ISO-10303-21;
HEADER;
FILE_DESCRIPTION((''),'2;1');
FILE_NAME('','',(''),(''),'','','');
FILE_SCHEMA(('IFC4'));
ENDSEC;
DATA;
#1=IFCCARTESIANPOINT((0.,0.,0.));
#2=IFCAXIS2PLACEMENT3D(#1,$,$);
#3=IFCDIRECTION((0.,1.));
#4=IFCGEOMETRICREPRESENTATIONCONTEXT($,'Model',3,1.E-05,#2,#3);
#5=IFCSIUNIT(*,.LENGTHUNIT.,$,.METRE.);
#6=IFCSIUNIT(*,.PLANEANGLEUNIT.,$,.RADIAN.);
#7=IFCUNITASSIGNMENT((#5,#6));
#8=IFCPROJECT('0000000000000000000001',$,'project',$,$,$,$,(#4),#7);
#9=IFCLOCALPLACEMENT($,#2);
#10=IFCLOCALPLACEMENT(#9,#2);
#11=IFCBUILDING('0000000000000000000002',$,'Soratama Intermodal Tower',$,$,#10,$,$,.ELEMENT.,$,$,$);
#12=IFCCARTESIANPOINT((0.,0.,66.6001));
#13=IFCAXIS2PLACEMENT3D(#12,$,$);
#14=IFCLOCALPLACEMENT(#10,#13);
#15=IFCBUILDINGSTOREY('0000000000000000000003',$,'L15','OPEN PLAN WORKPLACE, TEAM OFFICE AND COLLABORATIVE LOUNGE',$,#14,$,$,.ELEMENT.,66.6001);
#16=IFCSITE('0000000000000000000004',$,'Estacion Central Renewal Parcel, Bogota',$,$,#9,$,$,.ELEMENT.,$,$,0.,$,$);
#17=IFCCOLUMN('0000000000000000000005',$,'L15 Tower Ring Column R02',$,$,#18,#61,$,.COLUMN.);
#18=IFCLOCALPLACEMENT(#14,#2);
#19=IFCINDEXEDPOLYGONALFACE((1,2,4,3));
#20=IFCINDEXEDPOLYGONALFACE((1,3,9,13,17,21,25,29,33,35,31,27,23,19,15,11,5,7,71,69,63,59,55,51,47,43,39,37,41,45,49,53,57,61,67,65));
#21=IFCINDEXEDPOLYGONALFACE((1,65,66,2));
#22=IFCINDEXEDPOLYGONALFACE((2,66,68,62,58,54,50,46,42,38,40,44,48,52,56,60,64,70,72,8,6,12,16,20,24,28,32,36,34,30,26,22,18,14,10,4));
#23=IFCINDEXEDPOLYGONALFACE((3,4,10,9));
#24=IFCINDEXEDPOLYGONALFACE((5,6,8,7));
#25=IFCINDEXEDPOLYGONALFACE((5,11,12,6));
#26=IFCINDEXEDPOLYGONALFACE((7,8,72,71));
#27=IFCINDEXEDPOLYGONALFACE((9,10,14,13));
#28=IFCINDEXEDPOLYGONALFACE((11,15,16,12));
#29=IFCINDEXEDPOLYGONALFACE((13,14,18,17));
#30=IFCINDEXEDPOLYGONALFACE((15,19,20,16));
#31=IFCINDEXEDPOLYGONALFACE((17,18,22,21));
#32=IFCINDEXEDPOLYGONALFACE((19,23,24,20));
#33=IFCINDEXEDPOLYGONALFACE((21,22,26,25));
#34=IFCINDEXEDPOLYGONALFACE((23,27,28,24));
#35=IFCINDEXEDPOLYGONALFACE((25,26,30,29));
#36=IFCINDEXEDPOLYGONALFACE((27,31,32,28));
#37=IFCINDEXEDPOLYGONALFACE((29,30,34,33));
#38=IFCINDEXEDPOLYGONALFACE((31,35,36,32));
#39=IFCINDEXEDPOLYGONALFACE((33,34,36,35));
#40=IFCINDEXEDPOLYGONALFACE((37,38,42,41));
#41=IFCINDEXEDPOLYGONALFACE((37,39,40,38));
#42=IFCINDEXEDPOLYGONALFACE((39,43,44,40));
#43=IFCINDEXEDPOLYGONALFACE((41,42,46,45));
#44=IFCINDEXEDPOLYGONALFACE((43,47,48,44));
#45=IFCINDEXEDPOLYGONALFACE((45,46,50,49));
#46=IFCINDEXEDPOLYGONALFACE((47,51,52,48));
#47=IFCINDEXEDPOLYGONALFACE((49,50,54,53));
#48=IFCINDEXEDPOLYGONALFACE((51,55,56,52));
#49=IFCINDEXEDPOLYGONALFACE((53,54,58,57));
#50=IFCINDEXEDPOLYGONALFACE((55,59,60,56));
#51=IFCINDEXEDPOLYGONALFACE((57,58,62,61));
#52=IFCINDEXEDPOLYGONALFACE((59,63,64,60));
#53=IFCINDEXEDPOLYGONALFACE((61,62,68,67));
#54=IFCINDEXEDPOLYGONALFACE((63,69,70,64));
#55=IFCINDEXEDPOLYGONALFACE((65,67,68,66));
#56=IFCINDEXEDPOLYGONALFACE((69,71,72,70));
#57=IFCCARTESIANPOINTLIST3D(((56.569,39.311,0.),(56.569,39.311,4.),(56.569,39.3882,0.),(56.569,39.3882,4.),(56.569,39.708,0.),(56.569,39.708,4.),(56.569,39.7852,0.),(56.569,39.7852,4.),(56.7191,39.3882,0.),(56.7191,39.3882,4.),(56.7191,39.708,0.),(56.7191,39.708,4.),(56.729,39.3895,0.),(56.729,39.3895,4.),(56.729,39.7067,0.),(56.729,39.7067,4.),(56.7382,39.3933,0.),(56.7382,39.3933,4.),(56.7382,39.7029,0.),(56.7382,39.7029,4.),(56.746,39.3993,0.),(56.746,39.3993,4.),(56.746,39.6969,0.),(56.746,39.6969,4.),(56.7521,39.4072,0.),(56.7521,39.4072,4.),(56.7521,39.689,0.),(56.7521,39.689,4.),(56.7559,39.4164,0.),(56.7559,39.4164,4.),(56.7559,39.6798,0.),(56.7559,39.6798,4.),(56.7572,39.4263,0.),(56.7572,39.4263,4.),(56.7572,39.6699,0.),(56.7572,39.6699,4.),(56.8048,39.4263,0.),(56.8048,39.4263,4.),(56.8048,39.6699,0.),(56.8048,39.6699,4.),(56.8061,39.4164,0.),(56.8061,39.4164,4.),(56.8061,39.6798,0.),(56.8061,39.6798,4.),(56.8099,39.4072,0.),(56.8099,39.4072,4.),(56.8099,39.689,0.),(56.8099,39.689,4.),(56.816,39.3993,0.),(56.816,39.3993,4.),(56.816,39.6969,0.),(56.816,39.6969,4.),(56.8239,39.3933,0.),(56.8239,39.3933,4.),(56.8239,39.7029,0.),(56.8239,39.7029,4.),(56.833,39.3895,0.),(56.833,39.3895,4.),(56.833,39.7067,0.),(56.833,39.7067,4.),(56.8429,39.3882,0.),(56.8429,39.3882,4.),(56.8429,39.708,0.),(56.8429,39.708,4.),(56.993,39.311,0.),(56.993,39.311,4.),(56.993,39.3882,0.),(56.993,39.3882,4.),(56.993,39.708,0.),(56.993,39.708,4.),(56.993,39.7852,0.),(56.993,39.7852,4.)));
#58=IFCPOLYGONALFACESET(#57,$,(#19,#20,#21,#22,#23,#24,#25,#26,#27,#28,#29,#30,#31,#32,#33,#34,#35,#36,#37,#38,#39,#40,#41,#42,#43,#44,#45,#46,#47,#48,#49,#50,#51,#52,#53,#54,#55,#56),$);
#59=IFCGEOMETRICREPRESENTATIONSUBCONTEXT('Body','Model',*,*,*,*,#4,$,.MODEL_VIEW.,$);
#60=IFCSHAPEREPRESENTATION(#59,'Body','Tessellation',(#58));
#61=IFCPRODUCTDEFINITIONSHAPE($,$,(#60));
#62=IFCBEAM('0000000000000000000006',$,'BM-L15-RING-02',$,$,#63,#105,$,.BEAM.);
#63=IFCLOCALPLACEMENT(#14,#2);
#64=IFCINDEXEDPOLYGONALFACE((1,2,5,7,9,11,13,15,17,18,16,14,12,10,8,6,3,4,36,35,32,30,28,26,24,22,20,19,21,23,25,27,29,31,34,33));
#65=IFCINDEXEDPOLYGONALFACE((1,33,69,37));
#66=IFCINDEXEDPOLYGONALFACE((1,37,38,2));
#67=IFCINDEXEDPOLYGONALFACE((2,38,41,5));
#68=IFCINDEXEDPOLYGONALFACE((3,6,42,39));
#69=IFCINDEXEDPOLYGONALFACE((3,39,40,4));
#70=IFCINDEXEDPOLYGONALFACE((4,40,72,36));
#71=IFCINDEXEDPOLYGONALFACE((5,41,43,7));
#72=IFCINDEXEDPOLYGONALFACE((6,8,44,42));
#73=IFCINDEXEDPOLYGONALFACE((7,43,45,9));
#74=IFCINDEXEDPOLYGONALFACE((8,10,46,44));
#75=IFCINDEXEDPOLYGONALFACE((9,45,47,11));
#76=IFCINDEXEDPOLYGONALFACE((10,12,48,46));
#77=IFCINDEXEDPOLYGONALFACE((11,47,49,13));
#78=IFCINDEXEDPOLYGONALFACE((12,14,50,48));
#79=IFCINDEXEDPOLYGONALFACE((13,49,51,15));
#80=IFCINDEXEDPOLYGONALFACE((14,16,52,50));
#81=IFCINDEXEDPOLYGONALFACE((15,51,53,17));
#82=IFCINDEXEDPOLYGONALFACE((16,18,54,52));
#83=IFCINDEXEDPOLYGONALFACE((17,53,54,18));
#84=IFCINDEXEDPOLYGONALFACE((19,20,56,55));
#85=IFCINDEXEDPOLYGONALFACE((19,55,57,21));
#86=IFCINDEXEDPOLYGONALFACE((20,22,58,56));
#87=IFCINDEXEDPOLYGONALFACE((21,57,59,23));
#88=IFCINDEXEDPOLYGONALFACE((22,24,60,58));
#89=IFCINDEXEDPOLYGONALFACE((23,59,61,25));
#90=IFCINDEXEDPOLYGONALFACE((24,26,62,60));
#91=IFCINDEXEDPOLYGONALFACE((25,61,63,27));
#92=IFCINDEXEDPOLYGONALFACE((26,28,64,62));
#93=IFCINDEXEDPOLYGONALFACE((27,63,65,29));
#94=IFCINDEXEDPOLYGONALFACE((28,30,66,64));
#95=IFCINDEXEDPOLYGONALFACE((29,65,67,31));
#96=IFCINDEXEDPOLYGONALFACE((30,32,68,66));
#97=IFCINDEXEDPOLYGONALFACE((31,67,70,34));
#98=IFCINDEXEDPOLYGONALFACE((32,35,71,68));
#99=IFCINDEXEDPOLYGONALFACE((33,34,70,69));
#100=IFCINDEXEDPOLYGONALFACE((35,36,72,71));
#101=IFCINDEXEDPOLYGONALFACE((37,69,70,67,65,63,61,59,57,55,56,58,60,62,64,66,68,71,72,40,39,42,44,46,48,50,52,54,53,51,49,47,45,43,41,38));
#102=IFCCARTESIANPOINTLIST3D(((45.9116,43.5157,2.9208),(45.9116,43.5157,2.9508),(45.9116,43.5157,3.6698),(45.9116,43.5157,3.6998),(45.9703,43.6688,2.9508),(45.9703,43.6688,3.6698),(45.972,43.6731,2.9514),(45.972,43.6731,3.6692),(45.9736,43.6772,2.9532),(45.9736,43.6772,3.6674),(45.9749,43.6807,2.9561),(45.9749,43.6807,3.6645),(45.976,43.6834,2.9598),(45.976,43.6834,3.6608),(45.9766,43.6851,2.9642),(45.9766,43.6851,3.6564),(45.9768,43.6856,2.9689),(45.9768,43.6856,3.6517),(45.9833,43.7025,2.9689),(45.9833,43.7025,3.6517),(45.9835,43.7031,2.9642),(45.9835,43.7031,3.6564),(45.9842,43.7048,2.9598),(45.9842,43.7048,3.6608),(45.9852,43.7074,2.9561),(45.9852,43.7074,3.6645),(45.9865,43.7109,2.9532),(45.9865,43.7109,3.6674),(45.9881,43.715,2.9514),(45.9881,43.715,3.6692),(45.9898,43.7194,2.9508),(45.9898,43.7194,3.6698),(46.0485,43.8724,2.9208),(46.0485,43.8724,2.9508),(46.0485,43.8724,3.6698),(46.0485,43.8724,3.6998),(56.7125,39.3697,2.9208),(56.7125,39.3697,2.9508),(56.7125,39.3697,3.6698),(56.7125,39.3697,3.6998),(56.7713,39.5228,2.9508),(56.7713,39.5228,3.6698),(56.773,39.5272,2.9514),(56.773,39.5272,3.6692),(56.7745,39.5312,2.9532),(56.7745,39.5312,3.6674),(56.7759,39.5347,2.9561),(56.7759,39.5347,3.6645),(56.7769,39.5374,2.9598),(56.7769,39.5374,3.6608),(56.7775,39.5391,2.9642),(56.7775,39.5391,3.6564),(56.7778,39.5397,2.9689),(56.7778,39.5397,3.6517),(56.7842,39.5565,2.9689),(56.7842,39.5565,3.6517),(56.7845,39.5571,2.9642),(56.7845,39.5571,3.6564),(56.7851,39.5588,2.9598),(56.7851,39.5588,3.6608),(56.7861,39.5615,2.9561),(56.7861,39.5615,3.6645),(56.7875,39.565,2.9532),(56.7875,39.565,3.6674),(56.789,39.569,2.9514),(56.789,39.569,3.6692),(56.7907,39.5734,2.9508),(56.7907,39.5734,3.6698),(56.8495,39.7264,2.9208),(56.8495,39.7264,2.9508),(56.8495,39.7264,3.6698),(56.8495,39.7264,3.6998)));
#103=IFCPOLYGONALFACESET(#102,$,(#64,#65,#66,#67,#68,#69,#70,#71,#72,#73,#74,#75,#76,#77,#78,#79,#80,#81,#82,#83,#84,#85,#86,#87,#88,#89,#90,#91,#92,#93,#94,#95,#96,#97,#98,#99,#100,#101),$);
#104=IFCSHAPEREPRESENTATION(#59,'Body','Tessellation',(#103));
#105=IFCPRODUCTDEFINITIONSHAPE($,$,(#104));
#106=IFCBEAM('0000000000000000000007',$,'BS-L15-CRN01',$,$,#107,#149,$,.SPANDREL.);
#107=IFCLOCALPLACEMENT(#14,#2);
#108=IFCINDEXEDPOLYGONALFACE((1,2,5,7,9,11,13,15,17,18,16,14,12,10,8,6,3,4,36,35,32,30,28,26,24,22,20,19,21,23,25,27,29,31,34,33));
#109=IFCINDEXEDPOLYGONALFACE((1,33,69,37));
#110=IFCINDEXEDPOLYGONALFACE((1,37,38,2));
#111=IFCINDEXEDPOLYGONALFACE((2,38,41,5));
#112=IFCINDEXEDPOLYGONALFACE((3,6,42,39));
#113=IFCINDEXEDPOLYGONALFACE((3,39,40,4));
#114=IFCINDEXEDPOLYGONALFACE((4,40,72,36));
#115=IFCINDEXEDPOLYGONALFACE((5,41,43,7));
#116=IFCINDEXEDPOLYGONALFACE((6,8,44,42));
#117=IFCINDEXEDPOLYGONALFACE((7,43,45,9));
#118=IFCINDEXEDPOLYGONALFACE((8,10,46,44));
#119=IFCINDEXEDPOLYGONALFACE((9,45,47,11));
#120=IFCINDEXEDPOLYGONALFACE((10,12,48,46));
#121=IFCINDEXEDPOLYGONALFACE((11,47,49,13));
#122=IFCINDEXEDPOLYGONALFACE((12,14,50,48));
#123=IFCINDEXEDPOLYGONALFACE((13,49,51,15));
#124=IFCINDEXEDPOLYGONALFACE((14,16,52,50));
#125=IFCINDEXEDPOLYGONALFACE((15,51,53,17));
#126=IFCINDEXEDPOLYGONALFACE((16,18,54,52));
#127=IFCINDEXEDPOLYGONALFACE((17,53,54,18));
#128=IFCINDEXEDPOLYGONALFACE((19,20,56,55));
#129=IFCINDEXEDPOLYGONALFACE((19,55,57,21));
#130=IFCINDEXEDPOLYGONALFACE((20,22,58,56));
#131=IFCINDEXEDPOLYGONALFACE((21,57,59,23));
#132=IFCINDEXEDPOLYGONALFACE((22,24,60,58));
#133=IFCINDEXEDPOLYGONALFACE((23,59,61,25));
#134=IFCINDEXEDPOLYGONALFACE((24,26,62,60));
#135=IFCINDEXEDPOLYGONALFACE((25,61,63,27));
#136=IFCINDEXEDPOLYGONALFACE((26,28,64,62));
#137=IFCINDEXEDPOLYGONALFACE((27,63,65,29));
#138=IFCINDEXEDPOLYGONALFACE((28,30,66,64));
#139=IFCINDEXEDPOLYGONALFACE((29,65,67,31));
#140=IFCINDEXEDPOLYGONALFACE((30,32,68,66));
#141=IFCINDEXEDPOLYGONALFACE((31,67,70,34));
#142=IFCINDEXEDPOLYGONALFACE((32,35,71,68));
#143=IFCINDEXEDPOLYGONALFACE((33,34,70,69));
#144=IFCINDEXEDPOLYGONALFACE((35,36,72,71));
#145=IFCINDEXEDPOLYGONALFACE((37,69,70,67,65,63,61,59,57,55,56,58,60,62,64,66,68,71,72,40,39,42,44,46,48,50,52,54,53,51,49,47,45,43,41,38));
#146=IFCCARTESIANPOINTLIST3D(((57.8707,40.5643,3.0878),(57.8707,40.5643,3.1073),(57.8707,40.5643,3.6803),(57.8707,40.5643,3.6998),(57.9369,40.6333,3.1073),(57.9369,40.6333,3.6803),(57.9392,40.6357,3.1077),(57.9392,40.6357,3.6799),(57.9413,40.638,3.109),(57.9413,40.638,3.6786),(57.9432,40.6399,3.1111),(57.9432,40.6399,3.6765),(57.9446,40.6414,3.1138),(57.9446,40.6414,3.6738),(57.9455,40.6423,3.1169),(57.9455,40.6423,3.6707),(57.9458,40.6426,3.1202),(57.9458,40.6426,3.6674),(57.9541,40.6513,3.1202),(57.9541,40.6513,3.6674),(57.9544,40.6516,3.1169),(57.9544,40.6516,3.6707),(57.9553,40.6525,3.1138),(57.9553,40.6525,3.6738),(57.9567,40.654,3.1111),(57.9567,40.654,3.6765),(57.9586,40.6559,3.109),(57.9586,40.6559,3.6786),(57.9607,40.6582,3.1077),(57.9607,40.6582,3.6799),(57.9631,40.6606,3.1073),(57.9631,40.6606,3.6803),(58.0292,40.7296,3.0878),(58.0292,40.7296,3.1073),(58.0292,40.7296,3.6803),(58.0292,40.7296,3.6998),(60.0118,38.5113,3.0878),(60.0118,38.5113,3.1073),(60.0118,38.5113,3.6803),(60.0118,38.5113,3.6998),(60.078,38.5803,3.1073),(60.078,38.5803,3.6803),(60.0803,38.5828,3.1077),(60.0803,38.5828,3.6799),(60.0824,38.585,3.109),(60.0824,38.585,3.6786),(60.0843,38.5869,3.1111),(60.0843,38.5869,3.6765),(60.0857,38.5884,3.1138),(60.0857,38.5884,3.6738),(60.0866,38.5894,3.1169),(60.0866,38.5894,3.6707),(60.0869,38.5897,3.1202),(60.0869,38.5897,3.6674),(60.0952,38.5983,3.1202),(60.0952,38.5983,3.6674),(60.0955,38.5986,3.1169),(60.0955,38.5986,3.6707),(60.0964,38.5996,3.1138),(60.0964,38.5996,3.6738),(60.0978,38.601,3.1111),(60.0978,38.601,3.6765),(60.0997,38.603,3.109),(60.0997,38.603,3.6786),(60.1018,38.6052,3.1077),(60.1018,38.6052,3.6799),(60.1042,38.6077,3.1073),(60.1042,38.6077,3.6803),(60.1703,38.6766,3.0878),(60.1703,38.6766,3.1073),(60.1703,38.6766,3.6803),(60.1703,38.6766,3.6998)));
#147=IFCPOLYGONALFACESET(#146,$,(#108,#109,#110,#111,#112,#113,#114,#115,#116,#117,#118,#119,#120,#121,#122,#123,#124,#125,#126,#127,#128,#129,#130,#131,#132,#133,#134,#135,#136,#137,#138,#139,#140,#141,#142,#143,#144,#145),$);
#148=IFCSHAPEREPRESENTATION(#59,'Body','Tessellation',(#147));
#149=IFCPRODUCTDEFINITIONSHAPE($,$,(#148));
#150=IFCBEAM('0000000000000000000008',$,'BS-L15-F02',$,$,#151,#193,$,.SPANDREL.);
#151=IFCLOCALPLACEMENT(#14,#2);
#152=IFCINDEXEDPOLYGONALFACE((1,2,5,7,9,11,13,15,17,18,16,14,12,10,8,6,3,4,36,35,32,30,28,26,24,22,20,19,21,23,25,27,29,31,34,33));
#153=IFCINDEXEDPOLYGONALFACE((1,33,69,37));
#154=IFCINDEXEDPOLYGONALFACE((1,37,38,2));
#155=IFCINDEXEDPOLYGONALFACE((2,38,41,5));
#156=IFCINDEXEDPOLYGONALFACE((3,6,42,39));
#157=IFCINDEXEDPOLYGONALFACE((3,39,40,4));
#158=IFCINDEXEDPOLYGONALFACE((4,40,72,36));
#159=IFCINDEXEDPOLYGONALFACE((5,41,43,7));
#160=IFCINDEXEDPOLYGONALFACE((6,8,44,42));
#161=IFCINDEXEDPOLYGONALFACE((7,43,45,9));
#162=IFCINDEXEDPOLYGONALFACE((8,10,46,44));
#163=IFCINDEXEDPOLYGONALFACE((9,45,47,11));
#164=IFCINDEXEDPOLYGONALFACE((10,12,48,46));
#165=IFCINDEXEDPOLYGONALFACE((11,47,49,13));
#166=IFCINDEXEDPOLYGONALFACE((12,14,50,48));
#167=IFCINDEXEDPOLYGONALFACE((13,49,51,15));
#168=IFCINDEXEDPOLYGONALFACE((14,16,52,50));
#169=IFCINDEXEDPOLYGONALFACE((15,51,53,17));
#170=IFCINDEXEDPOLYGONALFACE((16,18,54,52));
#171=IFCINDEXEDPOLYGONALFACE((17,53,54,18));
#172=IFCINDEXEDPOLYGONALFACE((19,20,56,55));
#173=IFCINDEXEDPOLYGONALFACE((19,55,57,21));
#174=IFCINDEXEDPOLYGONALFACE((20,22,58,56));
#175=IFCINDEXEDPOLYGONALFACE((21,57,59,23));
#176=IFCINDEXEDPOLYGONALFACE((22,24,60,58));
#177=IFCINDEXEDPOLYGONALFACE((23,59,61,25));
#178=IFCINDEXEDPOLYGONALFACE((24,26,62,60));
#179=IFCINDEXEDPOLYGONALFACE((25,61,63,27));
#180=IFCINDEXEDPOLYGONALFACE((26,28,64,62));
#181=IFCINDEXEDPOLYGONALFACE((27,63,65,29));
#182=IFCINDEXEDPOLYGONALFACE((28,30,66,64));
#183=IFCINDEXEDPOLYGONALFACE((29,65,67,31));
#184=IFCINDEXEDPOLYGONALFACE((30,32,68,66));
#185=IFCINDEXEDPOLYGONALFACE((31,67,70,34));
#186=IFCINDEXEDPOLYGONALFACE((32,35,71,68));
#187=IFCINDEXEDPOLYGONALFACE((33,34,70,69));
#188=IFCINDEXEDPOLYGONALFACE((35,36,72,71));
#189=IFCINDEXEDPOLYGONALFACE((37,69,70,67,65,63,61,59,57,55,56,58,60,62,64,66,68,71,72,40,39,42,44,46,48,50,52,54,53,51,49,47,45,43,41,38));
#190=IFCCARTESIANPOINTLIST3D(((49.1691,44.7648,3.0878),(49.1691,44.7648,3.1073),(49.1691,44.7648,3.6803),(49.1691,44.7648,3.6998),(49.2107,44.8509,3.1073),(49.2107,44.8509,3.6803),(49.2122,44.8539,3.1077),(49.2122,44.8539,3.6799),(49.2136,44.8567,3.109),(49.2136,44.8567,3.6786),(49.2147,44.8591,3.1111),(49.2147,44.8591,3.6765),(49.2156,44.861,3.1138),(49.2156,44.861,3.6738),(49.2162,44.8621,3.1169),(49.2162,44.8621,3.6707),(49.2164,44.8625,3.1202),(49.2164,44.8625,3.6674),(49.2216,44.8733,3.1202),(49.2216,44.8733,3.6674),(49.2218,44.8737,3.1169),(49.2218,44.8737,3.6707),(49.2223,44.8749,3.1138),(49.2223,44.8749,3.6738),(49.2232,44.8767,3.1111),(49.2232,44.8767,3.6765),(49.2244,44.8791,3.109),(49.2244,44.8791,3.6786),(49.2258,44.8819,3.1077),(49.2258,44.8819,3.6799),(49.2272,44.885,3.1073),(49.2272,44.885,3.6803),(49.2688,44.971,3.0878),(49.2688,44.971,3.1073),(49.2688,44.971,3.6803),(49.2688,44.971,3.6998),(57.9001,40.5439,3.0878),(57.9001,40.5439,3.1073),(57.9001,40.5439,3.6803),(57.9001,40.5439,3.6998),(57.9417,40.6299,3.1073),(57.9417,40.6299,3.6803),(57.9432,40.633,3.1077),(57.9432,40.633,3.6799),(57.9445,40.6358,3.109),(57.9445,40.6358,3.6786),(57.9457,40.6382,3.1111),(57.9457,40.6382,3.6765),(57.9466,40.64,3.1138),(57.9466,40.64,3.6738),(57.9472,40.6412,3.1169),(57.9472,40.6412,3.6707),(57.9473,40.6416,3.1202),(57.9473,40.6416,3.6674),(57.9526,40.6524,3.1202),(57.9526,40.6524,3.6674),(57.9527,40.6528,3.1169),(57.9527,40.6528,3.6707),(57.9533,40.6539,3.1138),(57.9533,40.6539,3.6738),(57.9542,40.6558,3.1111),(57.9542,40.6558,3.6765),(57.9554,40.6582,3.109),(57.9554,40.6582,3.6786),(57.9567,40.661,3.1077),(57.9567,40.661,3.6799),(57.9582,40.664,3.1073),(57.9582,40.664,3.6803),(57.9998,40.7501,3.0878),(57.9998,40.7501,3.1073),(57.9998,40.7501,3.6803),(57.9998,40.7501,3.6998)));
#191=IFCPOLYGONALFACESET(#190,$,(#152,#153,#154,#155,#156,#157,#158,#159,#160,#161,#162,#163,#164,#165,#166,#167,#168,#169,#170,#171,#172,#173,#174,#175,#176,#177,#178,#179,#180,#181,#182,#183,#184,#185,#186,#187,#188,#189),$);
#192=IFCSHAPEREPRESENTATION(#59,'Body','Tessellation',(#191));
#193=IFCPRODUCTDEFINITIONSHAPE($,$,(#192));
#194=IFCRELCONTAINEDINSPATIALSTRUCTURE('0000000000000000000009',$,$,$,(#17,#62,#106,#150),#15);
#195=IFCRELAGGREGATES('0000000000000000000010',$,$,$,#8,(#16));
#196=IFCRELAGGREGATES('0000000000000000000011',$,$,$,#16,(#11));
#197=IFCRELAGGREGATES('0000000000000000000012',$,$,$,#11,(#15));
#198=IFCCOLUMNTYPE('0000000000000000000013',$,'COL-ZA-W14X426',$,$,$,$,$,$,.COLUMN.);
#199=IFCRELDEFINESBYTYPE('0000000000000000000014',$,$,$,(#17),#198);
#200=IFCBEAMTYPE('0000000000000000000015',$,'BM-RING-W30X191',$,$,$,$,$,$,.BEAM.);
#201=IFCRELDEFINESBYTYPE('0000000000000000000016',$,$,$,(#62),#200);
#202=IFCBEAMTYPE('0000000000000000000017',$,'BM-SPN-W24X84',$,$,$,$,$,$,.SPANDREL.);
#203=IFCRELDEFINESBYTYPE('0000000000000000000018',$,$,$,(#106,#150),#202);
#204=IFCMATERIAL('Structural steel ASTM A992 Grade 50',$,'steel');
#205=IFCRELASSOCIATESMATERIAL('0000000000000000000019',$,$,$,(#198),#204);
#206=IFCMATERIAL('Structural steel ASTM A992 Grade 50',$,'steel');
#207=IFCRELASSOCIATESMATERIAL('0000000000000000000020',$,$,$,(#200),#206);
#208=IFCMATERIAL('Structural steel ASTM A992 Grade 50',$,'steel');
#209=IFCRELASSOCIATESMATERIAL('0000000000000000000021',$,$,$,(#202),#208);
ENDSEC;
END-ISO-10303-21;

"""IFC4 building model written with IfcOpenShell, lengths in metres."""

from ifc_helpers import new_model, si_unit, direction, frame, origin, origin_2d, place, context, subcontext, project, spatial, i_section, extrude, material, material_profile, profile_set, type_object, element, save


model = new_model("IFC4")

# Units and contexts
model_context = context("Model", 3, precision=1e-05, world=origin(), true_north=direction((0.0, 1.0)))
body_context = subcontext(model_context, "Body", "Model", "MODEL_VIEW")
ifc_project = project(units=[si_unit("LENGTHUNIT", "METRE"), si_unit("PLANEANGLEUNIT", "RADIAN")], contexts=[model_context])

# Site, building, storey
site_placement = place(None, origin())
site = spatial("IfcSite", under=ifc_project, at=site_placement, Name="Estacion Central Renewal Parcel, Bogota", CompositionType="ELEMENT", RefElevation=0.0)
building_placement = place(site_placement, origin())
building = spatial("IfcBuilding", under=site, at=building_placement, Name="Soratama Intermodal Tower", CompositionType="ELEMENT")
storey_placement = place(building_placement, frame((0.0, 0.0, 66.6001)))
storey = spatial("IfcBuildingStorey", under=building, at=storey_placement, Name="L15", Description="OPEN PLAN WORKPLACE, TEAM OFFICE AND COLLABORATIVE LOUNGE", CompositionType="ELEMENT", Elevation=66.6001)

# Column
ifc_material_1 = material(Name="Structural steel ASTM A992 Grade 50", Category="steel")
ifc_material_profile_1 = material_profile(ifc_material_1, i_section(OverallWidth=0.4241, OverallDepth=0.4741, WebThickness=0.0476, FlangeThickness=0.0771, FilletRadius=0.0381, at=origin_2d()), Name="W14X426")
ifc_profile_set_1 = profile_set([ifc_material_profile_1], Name="Structural steel ASTM A992 Grade 50")
column_type = type_object("IfcColumnType", Name="COL-ZA-W14X426", PredefinedType="COLUMN", material=ifc_profile_set_1)
column_placement = place(storey_placement, frame((56.781, 39.5481, 0.0), z_axis=(0.0, 0.0, 1.0), x_axis=(1.0, 0.0, 0.0)))
element("IfcColumn", 1, at=column_placement, inside=storey, type_object=column_type, Name="L15 Tower Ring Column R02", PredefinedType="COLUMN", context=body_context, shape_type="SweptSolid", body=[
    extrude(i_section(OverallWidth=0.4241, OverallDepth=0.4741, WebThickness=0.0476, FlangeThickness=0.0771, FilletRadius=0.0381, at=origin_2d()), origin(), (0.0, 0.0, 1.0), 4.0),
])

# Beams
ifc_material_2 = material(Name="Structural steel ASTM A992 Grade 50", Category="steel")
ifc_material_profile_2 = material_profile(ifc_material_2, i_section(OverallWidth=0.3821, OverallDepth=0.7791, WebThickness=0.0181, FlangeThickness=0.03, FilletRadius=0.0181, at=origin_2d()), Name="W30X191")
ifc_profile_set_2 = profile_set([ifc_material_profile_2], Name="Structural steel ASTM A992 Grade 50")
beam_type_1 = type_object("IfcBeamType", Name="BM-RING-W30X191", PredefinedType="BEAM", material=ifc_profile_set_2)
beam_1_placement = place(storey_placement, frame((56.781, 39.5481, 3.3103), z_axis=(-0.933584, 0.358358, 0.0), x_axis=(-0.358358, -0.933584, 0.0)))
element("IfcBeam", 2, at=beam_1_placement, inside=storey, type_object=beam_type_1, Name="BM-L15-RING-02", PredefinedType="BEAM", context=body_context, shape_type="SweptSolid", body=[
    extrude(i_section(OverallWidth=0.3821, OverallDepth=0.7791, WebThickness=0.0181, FlangeThickness=0.03, FilletRadius=0.0181, at=origin_2d()), origin(), (0.0, 0.0, 1.0), 11.5693),
])
ifc_material_3 = material(Name="Structural steel ASTM A992 Grade 50", Category="steel")
ifc_material_profile_3 = material_profile(ifc_material_3, i_section(OverallWidth=0.229, OverallDepth=0.6121, WebThickness=0.012, FlangeThickness=0.0195, FilletRadius=0.0129, at=origin_2d()), Name="W24X84")
ifc_profile_set_3 = profile_set([ifc_material_profile_3], Name="Structural steel ASTM A992 Grade 50")
beam_type_2 = type_object("IfcBeamType", Name="BM-SPN-W24X84", PredefinedType="SPANDREL", material=ifc_profile_set_3)
beam_2_placement = place(storey_placement, frame((60.0911, 38.594, 3.3938), z_axis=(-0.721807, 0.692095, 0.0), x_axis=(-0.692095, -0.721807, 0.0)))
element("IfcBeam", 3, at=beam_2_placement, inside=storey, type_object=beam_type_2, Name="BS-L15-CRN01", PredefinedType="SPANDREL", context=body_context, shape_type="SweptSolid", body=[
    extrude(i_section(OverallWidth=0.229, OverallDepth=0.6121, WebThickness=0.012, FlangeThickness=0.0195, FilletRadius=0.0129, at=origin_2d()), origin(), (0.0, 0.0, 1.0), 2.9663),
])
beam_3_placement = place(storey_placement, frame((57.95, 40.647, 3.3938), z_axis=(-0.900309, 0.435251, 0.0), x_axis=(-0.435251, -0.900309, 0.0)))
element("IfcBeam", 4, at=beam_3_placement, inside=storey, type_object=beam_type_2, Name="BS-L15-F02", PredefinedType="SPANDREL", context=body_context, shape_type="SweptSolid", body=[
    extrude(i_section(OverallWidth=0.229, OverallDepth=0.6121, WebThickness=0.012, FlangeThickness=0.0195, FilletRadius=0.0129, at=origin_2d()), origin(), (0.0, 0.0, 1.0), 9.6978),
])

save(model, "model.ifc")
